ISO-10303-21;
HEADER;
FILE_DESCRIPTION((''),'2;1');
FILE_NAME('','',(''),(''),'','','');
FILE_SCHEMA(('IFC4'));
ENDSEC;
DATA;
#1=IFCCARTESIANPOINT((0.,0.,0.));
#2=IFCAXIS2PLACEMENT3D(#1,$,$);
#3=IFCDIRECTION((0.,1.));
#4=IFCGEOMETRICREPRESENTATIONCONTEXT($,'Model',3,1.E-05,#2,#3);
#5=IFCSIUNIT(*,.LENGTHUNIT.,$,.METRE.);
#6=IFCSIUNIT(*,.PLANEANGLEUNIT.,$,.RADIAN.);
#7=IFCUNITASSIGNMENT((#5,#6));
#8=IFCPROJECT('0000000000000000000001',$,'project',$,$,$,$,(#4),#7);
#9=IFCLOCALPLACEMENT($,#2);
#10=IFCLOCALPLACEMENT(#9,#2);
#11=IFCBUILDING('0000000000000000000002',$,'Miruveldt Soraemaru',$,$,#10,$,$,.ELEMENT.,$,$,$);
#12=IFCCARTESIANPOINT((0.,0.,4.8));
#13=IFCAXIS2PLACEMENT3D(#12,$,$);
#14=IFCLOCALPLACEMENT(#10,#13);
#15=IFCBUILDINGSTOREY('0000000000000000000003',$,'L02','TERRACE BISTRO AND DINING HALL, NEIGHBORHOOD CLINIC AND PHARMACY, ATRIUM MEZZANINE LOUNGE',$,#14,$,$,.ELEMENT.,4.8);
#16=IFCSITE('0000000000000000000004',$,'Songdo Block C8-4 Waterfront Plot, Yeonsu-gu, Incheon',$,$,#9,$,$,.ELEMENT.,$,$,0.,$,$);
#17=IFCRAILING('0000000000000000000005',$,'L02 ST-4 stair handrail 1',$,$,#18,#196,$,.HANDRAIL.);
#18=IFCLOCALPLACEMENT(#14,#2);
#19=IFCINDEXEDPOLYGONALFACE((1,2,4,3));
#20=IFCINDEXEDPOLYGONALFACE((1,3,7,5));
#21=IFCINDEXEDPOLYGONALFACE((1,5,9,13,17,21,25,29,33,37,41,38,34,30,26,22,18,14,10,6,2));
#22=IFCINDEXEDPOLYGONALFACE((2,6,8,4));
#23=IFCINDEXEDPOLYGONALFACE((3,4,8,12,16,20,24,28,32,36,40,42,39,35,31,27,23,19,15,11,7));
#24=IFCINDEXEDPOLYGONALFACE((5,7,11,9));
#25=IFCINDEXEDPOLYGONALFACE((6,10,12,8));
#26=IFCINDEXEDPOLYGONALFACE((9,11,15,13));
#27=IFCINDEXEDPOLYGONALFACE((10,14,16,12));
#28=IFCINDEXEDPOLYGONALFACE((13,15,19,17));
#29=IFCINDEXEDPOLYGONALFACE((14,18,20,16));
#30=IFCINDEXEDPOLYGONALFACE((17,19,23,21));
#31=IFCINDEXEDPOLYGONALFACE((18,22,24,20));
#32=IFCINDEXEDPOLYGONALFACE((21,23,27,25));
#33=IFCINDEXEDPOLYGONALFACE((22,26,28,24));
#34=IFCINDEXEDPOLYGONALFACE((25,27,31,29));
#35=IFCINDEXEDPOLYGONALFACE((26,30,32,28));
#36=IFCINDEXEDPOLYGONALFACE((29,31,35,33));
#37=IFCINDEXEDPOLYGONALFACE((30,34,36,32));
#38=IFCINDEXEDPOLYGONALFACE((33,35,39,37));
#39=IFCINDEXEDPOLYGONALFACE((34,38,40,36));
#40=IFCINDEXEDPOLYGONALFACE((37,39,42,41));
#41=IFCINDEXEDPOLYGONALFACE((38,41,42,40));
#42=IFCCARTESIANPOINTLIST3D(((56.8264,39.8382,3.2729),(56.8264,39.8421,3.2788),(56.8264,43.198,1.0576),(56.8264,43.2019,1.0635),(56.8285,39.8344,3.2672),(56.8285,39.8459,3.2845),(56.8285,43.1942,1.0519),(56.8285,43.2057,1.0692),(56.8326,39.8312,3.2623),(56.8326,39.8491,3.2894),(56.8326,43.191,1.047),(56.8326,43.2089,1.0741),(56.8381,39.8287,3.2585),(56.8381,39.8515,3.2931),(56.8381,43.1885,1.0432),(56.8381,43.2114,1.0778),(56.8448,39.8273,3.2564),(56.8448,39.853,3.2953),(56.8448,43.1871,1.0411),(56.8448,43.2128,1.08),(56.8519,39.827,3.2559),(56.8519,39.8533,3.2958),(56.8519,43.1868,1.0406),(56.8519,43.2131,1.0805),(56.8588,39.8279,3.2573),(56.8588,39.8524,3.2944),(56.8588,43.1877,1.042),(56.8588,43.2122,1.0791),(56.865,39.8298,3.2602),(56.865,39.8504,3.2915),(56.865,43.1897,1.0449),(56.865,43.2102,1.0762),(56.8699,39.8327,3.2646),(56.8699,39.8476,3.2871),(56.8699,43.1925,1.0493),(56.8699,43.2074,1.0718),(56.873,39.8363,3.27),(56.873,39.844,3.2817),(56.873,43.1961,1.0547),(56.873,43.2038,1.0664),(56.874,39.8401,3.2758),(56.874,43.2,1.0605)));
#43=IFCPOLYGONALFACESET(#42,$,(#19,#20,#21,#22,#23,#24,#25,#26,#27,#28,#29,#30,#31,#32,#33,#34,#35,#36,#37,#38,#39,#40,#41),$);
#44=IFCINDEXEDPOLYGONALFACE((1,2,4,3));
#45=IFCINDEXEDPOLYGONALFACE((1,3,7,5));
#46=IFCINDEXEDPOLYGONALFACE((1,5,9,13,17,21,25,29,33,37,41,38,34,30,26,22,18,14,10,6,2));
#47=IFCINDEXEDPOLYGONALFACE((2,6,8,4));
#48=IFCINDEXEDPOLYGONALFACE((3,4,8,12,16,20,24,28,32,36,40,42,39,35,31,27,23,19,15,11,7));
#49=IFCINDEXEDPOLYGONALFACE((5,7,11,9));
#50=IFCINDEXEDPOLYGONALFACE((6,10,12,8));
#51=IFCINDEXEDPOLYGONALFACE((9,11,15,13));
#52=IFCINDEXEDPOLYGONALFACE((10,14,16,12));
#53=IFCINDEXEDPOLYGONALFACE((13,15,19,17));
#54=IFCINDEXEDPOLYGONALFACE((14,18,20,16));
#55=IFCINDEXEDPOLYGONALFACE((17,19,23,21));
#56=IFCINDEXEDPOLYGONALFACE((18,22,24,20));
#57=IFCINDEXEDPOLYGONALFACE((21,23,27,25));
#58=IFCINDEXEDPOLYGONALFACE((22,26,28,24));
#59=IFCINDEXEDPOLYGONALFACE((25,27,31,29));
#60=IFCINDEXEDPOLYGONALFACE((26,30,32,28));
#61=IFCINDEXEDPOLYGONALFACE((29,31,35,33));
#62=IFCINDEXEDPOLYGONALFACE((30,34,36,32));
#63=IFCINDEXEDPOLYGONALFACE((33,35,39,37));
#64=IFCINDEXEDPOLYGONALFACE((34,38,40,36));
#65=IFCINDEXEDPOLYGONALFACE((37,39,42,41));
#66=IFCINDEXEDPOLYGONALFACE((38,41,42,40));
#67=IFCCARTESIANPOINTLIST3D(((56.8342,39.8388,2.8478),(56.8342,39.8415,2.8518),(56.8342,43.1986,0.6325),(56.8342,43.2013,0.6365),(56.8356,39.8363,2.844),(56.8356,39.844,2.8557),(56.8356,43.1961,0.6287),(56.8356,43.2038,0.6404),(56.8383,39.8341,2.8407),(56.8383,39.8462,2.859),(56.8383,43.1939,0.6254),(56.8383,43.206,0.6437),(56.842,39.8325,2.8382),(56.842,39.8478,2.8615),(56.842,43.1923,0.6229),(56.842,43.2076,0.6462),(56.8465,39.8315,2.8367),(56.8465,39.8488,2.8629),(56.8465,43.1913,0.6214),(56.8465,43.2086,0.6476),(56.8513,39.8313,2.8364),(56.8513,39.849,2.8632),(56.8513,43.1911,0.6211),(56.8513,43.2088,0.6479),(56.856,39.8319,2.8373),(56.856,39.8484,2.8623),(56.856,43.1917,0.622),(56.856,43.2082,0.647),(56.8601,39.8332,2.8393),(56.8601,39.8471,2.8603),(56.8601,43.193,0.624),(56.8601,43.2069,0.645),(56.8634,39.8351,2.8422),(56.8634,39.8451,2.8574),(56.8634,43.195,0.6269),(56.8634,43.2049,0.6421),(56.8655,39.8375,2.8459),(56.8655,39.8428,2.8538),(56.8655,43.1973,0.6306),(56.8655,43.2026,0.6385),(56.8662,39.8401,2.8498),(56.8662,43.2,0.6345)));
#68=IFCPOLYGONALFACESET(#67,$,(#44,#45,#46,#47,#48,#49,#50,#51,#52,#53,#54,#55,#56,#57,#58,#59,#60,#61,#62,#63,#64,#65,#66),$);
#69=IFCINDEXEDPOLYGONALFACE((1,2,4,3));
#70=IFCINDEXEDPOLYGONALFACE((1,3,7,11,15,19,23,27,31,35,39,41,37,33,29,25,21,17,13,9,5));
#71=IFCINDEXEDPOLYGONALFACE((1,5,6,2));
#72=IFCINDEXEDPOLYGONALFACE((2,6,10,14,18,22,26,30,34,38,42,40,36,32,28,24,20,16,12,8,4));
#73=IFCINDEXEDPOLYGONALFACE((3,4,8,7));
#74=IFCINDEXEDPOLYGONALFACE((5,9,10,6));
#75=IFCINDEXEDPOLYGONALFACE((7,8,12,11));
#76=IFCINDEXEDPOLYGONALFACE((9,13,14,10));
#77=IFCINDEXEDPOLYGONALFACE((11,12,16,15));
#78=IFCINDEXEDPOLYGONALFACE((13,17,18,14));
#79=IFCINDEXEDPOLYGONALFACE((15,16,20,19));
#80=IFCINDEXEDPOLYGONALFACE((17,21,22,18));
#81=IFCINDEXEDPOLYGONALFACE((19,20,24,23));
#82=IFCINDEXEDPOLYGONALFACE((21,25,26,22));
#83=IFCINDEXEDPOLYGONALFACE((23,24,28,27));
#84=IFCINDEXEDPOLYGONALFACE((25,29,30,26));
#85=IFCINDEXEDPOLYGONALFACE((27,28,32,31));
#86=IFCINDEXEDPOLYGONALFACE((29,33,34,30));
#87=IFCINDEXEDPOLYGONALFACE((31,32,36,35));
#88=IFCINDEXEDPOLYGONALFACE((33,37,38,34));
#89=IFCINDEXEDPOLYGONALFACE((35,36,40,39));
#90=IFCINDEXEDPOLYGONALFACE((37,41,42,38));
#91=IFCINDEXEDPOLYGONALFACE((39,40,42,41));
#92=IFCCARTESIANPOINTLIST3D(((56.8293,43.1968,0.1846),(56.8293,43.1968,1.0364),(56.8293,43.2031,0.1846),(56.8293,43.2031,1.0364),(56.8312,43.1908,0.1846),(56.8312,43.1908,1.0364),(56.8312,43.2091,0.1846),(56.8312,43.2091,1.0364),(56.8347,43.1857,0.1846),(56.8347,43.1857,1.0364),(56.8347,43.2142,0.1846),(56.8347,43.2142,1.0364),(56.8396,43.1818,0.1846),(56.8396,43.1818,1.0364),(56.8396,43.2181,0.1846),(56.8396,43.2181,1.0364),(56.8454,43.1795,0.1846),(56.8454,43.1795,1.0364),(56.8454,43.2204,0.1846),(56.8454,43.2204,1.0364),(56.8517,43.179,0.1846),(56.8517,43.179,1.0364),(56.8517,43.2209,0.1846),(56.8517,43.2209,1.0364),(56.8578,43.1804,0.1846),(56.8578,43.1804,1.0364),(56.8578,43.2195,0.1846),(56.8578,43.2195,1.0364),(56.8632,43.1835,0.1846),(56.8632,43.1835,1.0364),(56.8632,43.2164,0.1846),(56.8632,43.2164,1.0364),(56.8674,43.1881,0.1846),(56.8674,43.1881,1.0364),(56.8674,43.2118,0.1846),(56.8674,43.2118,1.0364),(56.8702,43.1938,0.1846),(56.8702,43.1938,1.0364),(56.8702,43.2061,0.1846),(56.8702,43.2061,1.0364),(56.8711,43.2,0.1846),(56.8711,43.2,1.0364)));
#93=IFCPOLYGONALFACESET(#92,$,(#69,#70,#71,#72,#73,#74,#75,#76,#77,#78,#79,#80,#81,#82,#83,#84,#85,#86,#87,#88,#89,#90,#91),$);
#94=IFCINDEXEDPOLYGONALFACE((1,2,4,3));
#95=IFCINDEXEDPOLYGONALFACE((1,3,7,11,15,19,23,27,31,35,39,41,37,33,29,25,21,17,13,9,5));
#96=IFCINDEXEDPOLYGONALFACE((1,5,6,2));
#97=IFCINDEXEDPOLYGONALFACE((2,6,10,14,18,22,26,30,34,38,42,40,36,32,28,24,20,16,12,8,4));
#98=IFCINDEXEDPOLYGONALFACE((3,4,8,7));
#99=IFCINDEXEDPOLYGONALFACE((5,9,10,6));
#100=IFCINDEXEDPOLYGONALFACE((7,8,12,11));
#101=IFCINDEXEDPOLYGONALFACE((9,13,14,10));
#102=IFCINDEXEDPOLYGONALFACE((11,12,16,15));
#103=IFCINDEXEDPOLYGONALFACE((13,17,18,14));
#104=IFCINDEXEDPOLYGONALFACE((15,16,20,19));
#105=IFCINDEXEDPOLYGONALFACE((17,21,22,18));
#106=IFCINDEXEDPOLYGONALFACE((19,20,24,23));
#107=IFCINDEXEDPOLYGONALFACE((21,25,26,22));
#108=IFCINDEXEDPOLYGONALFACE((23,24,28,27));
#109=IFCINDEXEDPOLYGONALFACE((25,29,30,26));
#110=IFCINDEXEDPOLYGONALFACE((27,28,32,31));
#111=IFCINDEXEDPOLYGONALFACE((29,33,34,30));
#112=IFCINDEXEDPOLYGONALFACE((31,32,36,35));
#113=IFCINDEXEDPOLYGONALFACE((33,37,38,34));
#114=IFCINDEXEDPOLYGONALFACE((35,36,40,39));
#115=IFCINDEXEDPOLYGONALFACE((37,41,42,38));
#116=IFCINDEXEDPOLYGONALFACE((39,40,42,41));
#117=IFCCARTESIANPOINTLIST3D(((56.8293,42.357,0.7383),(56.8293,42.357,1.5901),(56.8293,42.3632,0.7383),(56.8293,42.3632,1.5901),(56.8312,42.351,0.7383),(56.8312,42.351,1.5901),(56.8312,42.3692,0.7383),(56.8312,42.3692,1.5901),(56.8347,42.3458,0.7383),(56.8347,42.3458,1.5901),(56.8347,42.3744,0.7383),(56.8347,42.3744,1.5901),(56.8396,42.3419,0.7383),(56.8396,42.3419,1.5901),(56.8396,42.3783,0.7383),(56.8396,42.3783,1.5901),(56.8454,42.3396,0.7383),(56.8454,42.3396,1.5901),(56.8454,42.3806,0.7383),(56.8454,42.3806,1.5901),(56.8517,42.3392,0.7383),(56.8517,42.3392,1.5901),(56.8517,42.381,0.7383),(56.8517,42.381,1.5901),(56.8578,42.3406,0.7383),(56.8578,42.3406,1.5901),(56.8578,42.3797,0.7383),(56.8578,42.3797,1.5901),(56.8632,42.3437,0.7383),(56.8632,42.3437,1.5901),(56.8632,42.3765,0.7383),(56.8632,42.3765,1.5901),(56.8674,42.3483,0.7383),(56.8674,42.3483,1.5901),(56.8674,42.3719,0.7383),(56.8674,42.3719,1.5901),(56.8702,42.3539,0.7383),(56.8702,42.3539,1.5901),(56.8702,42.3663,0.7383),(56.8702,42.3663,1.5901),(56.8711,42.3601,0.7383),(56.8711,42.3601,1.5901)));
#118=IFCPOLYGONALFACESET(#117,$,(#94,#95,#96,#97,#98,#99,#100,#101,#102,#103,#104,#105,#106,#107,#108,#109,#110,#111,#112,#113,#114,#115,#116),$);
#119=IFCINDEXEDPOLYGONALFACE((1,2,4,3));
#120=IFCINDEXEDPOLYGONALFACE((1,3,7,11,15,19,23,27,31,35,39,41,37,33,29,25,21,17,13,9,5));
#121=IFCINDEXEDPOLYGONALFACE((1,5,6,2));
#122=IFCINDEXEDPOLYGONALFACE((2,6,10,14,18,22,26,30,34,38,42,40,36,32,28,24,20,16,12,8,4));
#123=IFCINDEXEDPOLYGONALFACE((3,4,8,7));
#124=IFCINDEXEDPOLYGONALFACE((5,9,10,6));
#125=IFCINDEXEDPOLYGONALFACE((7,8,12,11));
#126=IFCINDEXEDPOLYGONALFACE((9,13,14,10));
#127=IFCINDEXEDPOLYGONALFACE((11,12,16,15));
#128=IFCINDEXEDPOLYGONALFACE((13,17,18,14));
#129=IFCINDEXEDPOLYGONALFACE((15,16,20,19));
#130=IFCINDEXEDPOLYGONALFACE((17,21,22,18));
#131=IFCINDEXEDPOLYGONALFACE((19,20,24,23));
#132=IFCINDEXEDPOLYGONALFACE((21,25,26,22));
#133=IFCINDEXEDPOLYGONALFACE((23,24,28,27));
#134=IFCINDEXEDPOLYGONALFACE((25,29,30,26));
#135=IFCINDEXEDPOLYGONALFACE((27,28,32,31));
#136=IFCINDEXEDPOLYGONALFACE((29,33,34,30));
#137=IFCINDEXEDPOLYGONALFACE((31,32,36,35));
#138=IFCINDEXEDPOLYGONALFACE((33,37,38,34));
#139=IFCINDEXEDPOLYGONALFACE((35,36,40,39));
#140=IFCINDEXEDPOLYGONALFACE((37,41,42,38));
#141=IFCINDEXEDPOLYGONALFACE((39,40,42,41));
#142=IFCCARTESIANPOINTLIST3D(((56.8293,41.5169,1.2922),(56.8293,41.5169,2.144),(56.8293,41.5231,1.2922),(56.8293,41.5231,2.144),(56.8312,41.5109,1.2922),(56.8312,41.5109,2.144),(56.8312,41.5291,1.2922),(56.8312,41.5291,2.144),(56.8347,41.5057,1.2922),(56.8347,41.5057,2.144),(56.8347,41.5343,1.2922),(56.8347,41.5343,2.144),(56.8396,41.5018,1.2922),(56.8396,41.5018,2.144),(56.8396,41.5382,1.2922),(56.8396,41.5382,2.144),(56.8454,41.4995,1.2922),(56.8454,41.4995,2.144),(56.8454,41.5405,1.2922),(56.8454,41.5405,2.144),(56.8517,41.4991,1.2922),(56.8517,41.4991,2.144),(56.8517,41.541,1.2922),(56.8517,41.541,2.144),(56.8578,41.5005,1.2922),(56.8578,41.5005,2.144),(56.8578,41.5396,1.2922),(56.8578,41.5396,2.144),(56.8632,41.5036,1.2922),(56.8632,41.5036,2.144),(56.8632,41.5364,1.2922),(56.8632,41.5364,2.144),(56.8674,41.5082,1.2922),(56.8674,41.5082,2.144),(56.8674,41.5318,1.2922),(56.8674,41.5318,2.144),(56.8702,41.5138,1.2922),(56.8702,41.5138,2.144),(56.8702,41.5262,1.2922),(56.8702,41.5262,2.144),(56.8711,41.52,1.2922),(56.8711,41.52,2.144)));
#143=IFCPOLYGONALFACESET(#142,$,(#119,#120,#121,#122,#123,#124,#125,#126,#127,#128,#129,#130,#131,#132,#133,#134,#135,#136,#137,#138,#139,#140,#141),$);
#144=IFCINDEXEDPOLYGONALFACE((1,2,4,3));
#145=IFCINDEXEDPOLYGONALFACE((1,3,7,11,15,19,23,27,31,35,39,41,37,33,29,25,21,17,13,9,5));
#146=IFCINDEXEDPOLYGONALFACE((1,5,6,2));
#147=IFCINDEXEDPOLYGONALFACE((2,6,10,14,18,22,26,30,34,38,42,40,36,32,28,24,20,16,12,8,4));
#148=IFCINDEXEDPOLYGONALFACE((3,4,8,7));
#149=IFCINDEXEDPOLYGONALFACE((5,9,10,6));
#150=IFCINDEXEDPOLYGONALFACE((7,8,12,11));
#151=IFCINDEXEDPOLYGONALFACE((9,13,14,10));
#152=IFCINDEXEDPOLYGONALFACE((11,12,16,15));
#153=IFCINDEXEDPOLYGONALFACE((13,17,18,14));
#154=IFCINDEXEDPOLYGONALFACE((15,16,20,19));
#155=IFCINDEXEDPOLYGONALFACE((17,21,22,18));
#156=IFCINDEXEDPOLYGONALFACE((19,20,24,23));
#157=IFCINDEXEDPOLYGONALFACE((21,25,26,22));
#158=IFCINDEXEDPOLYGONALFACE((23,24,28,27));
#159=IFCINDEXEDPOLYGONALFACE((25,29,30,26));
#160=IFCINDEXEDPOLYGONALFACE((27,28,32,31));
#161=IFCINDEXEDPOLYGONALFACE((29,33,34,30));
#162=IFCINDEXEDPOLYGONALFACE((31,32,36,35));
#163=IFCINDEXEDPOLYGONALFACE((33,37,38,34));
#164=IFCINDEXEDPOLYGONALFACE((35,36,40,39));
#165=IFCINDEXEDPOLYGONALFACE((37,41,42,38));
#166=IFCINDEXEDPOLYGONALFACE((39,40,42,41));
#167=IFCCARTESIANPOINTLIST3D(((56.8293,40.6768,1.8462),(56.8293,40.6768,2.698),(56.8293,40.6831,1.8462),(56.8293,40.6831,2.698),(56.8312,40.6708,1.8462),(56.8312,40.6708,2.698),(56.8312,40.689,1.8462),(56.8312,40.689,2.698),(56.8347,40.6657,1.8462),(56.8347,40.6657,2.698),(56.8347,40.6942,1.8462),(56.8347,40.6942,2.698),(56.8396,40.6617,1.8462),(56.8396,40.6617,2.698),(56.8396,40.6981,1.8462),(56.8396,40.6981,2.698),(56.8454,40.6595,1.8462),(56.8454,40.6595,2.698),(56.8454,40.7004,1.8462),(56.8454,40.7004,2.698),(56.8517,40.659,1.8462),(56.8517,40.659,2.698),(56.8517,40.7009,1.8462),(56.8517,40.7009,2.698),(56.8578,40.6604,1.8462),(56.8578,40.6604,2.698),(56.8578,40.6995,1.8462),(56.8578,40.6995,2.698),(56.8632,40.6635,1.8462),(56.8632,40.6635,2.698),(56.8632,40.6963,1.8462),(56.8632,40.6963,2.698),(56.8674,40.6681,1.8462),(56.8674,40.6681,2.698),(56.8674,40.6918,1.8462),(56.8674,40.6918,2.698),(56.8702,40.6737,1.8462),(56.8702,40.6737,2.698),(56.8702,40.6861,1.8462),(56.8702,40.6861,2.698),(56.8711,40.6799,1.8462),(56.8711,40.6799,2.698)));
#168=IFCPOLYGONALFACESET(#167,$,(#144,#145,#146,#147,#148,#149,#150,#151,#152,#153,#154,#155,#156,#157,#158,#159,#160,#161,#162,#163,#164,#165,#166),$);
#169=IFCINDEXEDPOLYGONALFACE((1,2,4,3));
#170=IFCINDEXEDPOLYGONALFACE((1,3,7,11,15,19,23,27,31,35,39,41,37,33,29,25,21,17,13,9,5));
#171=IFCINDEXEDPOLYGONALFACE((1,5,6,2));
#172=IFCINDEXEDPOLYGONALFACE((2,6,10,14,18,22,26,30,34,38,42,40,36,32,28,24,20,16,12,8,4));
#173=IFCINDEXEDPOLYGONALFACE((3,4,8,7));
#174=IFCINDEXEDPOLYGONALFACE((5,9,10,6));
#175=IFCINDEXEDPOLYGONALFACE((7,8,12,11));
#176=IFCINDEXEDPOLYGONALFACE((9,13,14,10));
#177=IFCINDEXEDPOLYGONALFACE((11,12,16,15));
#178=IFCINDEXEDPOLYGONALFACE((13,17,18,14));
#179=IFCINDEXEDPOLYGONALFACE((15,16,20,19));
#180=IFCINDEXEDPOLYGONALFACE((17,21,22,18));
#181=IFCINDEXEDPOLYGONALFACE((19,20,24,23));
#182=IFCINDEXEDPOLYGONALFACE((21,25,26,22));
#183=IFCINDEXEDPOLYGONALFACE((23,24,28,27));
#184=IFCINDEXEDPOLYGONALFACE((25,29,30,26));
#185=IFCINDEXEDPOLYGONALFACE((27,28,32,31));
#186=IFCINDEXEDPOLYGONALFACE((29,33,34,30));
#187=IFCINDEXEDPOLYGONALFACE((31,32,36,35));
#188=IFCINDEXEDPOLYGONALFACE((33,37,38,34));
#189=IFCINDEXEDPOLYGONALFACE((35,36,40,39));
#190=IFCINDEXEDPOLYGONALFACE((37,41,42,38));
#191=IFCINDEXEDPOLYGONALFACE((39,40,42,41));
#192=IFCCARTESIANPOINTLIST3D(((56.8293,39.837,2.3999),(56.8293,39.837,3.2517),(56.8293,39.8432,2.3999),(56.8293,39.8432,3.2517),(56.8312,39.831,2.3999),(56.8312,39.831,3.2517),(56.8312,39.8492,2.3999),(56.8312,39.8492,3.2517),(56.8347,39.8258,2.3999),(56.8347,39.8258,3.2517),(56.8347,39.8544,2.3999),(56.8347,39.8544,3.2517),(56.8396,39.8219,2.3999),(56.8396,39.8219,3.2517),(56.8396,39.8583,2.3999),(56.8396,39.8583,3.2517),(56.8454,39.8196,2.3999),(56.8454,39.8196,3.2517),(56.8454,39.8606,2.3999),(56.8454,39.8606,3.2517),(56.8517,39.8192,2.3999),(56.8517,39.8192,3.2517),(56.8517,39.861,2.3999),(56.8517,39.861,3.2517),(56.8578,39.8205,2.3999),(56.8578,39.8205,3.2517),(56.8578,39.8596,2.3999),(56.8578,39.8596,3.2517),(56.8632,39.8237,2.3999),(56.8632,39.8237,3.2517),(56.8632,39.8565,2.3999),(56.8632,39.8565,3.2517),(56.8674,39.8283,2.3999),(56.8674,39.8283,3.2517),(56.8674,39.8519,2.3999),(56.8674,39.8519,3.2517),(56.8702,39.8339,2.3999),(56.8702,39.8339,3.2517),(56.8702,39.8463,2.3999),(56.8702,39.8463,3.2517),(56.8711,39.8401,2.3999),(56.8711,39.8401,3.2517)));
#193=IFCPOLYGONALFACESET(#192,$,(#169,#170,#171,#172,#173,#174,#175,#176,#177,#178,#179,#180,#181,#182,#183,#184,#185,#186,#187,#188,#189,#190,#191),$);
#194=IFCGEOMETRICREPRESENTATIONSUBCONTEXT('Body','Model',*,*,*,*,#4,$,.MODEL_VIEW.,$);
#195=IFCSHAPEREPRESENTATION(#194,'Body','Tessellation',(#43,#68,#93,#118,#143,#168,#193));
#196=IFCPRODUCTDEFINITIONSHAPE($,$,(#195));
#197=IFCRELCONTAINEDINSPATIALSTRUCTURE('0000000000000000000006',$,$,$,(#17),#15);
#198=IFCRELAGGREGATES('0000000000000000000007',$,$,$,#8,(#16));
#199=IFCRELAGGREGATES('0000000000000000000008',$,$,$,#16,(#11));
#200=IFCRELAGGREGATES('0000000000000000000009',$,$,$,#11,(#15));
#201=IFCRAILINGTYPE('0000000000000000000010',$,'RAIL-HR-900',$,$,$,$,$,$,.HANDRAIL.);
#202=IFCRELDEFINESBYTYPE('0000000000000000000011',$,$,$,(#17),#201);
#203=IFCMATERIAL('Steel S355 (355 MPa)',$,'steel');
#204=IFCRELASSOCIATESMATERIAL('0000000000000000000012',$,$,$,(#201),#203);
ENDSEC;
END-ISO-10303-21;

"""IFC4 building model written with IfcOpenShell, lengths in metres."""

from ifc_helpers import new_model, si_unit, direction, frame, origin, origin_2d, place, context, subcontext, project, spatial, circle, extrude, material, type_object, element, save


model = new_model("IFC4")

# Units and contexts
model_context = context("Model", 3, precision=1e-05, world=origin(), true_north=direction((0.0, 1.0)))
body_context = subcontext(model_context, "Body", "Model", "MODEL_VIEW")
ifc_project = project(units=[si_unit("LENGTHUNIT", "METRE"), si_unit("PLANEANGLEUNIT", "RADIAN")], contexts=[model_context])

# Site, building, storey
site_placement = place(None, origin())
site = spatial("IfcSite", under=ifc_project, at=site_placement, Name="Songdo Block C8-4 Waterfront Plot, Yeonsu-gu, Incheon", CompositionType="ELEMENT", RefElevation=0.0)
building_placement = place(site_placement, origin())
building = spatial("IfcBuilding", under=site, at=building_placement, Name="Miruveldt Soraemaru", CompositionType="ELEMENT")
storey_placement = place(building_placement, frame((0.0, 0.0, 4.8)))
storey = spatial("IfcBuildingStorey", under=building, at=storey_placement, Name="L02", Description="TERRACE BISTRO AND DINING HALL, NEIGHBORHOOD CLINIC AND PHARMACY, ATRIUM MEZZANINE LOUNGE", CompositionType="ELEMENT", Elevation=4.8)

# Shared definitions
ifc_material_1 = material(Name="Steel S355 (355 MPa)", Category="steel")

# Railing
railing_type_1 = type_object("IfcRailingType", Name="RAIL-HR-900", PredefinedType="HANDRAIL", material=ifc_material_1)
railing_1_placement = place(storey_placement, frame((56.8501, 43.2, 0.1846)))
element("IfcRailing", 1, at=railing_1_placement, inside=storey, type_object=railing_type_1, Name="L02 ST-4 stair handrail 1", PredefinedType="HANDRAIL", context=body_context, shape_type="SweptSolid", body=[
    extrude(circle(Radius=0.0239, at=origin_2d()), frame((0.0, 0.0, 0.876), z_axis=(0.0, -0.834858, 0.550465), x_axis=(1.0, 0.0, 0.0)), (0.0, 0.0, 1.0), 4.0244),
    extrude(circle(Radius=0.0161, at=origin_2d()), frame((0.0, 0.0, 0.45), z_axis=(0.0, -0.834858, 0.550465), x_axis=(1.0, 0.0, 0.0)), (0.0, 0.0, 1.0), 4.0244),
    extrude(circle(Radius=0.021, at=origin_2d()), origin(), (0.0, 0.0, 1.0), 0.8518),
    extrude(circle(Radius=0.021, at=origin_2d()), frame((0.0, -0.8398, 0.5537)), (0.0, 0.0, 1.0), 0.8518),
    extrude(circle(Radius=0.021, at=origin_2d()), frame((0.0, -1.6799, 1.1077)), (0.0, 0.0, 1.0), 0.8518),
    extrude(circle(Radius=0.021, at=origin_2d()), frame((0.0, -2.52, 1.6616)), (0.0, 0.0, 1.0), 0.8518),
    extrude(circle(Radius=0.021, at=origin_2d()), frame((0.0, -3.3599, 2.2153)), (0.0, 0.0, 1.0), 0.8518),
])

save(model, "model.ifc")
